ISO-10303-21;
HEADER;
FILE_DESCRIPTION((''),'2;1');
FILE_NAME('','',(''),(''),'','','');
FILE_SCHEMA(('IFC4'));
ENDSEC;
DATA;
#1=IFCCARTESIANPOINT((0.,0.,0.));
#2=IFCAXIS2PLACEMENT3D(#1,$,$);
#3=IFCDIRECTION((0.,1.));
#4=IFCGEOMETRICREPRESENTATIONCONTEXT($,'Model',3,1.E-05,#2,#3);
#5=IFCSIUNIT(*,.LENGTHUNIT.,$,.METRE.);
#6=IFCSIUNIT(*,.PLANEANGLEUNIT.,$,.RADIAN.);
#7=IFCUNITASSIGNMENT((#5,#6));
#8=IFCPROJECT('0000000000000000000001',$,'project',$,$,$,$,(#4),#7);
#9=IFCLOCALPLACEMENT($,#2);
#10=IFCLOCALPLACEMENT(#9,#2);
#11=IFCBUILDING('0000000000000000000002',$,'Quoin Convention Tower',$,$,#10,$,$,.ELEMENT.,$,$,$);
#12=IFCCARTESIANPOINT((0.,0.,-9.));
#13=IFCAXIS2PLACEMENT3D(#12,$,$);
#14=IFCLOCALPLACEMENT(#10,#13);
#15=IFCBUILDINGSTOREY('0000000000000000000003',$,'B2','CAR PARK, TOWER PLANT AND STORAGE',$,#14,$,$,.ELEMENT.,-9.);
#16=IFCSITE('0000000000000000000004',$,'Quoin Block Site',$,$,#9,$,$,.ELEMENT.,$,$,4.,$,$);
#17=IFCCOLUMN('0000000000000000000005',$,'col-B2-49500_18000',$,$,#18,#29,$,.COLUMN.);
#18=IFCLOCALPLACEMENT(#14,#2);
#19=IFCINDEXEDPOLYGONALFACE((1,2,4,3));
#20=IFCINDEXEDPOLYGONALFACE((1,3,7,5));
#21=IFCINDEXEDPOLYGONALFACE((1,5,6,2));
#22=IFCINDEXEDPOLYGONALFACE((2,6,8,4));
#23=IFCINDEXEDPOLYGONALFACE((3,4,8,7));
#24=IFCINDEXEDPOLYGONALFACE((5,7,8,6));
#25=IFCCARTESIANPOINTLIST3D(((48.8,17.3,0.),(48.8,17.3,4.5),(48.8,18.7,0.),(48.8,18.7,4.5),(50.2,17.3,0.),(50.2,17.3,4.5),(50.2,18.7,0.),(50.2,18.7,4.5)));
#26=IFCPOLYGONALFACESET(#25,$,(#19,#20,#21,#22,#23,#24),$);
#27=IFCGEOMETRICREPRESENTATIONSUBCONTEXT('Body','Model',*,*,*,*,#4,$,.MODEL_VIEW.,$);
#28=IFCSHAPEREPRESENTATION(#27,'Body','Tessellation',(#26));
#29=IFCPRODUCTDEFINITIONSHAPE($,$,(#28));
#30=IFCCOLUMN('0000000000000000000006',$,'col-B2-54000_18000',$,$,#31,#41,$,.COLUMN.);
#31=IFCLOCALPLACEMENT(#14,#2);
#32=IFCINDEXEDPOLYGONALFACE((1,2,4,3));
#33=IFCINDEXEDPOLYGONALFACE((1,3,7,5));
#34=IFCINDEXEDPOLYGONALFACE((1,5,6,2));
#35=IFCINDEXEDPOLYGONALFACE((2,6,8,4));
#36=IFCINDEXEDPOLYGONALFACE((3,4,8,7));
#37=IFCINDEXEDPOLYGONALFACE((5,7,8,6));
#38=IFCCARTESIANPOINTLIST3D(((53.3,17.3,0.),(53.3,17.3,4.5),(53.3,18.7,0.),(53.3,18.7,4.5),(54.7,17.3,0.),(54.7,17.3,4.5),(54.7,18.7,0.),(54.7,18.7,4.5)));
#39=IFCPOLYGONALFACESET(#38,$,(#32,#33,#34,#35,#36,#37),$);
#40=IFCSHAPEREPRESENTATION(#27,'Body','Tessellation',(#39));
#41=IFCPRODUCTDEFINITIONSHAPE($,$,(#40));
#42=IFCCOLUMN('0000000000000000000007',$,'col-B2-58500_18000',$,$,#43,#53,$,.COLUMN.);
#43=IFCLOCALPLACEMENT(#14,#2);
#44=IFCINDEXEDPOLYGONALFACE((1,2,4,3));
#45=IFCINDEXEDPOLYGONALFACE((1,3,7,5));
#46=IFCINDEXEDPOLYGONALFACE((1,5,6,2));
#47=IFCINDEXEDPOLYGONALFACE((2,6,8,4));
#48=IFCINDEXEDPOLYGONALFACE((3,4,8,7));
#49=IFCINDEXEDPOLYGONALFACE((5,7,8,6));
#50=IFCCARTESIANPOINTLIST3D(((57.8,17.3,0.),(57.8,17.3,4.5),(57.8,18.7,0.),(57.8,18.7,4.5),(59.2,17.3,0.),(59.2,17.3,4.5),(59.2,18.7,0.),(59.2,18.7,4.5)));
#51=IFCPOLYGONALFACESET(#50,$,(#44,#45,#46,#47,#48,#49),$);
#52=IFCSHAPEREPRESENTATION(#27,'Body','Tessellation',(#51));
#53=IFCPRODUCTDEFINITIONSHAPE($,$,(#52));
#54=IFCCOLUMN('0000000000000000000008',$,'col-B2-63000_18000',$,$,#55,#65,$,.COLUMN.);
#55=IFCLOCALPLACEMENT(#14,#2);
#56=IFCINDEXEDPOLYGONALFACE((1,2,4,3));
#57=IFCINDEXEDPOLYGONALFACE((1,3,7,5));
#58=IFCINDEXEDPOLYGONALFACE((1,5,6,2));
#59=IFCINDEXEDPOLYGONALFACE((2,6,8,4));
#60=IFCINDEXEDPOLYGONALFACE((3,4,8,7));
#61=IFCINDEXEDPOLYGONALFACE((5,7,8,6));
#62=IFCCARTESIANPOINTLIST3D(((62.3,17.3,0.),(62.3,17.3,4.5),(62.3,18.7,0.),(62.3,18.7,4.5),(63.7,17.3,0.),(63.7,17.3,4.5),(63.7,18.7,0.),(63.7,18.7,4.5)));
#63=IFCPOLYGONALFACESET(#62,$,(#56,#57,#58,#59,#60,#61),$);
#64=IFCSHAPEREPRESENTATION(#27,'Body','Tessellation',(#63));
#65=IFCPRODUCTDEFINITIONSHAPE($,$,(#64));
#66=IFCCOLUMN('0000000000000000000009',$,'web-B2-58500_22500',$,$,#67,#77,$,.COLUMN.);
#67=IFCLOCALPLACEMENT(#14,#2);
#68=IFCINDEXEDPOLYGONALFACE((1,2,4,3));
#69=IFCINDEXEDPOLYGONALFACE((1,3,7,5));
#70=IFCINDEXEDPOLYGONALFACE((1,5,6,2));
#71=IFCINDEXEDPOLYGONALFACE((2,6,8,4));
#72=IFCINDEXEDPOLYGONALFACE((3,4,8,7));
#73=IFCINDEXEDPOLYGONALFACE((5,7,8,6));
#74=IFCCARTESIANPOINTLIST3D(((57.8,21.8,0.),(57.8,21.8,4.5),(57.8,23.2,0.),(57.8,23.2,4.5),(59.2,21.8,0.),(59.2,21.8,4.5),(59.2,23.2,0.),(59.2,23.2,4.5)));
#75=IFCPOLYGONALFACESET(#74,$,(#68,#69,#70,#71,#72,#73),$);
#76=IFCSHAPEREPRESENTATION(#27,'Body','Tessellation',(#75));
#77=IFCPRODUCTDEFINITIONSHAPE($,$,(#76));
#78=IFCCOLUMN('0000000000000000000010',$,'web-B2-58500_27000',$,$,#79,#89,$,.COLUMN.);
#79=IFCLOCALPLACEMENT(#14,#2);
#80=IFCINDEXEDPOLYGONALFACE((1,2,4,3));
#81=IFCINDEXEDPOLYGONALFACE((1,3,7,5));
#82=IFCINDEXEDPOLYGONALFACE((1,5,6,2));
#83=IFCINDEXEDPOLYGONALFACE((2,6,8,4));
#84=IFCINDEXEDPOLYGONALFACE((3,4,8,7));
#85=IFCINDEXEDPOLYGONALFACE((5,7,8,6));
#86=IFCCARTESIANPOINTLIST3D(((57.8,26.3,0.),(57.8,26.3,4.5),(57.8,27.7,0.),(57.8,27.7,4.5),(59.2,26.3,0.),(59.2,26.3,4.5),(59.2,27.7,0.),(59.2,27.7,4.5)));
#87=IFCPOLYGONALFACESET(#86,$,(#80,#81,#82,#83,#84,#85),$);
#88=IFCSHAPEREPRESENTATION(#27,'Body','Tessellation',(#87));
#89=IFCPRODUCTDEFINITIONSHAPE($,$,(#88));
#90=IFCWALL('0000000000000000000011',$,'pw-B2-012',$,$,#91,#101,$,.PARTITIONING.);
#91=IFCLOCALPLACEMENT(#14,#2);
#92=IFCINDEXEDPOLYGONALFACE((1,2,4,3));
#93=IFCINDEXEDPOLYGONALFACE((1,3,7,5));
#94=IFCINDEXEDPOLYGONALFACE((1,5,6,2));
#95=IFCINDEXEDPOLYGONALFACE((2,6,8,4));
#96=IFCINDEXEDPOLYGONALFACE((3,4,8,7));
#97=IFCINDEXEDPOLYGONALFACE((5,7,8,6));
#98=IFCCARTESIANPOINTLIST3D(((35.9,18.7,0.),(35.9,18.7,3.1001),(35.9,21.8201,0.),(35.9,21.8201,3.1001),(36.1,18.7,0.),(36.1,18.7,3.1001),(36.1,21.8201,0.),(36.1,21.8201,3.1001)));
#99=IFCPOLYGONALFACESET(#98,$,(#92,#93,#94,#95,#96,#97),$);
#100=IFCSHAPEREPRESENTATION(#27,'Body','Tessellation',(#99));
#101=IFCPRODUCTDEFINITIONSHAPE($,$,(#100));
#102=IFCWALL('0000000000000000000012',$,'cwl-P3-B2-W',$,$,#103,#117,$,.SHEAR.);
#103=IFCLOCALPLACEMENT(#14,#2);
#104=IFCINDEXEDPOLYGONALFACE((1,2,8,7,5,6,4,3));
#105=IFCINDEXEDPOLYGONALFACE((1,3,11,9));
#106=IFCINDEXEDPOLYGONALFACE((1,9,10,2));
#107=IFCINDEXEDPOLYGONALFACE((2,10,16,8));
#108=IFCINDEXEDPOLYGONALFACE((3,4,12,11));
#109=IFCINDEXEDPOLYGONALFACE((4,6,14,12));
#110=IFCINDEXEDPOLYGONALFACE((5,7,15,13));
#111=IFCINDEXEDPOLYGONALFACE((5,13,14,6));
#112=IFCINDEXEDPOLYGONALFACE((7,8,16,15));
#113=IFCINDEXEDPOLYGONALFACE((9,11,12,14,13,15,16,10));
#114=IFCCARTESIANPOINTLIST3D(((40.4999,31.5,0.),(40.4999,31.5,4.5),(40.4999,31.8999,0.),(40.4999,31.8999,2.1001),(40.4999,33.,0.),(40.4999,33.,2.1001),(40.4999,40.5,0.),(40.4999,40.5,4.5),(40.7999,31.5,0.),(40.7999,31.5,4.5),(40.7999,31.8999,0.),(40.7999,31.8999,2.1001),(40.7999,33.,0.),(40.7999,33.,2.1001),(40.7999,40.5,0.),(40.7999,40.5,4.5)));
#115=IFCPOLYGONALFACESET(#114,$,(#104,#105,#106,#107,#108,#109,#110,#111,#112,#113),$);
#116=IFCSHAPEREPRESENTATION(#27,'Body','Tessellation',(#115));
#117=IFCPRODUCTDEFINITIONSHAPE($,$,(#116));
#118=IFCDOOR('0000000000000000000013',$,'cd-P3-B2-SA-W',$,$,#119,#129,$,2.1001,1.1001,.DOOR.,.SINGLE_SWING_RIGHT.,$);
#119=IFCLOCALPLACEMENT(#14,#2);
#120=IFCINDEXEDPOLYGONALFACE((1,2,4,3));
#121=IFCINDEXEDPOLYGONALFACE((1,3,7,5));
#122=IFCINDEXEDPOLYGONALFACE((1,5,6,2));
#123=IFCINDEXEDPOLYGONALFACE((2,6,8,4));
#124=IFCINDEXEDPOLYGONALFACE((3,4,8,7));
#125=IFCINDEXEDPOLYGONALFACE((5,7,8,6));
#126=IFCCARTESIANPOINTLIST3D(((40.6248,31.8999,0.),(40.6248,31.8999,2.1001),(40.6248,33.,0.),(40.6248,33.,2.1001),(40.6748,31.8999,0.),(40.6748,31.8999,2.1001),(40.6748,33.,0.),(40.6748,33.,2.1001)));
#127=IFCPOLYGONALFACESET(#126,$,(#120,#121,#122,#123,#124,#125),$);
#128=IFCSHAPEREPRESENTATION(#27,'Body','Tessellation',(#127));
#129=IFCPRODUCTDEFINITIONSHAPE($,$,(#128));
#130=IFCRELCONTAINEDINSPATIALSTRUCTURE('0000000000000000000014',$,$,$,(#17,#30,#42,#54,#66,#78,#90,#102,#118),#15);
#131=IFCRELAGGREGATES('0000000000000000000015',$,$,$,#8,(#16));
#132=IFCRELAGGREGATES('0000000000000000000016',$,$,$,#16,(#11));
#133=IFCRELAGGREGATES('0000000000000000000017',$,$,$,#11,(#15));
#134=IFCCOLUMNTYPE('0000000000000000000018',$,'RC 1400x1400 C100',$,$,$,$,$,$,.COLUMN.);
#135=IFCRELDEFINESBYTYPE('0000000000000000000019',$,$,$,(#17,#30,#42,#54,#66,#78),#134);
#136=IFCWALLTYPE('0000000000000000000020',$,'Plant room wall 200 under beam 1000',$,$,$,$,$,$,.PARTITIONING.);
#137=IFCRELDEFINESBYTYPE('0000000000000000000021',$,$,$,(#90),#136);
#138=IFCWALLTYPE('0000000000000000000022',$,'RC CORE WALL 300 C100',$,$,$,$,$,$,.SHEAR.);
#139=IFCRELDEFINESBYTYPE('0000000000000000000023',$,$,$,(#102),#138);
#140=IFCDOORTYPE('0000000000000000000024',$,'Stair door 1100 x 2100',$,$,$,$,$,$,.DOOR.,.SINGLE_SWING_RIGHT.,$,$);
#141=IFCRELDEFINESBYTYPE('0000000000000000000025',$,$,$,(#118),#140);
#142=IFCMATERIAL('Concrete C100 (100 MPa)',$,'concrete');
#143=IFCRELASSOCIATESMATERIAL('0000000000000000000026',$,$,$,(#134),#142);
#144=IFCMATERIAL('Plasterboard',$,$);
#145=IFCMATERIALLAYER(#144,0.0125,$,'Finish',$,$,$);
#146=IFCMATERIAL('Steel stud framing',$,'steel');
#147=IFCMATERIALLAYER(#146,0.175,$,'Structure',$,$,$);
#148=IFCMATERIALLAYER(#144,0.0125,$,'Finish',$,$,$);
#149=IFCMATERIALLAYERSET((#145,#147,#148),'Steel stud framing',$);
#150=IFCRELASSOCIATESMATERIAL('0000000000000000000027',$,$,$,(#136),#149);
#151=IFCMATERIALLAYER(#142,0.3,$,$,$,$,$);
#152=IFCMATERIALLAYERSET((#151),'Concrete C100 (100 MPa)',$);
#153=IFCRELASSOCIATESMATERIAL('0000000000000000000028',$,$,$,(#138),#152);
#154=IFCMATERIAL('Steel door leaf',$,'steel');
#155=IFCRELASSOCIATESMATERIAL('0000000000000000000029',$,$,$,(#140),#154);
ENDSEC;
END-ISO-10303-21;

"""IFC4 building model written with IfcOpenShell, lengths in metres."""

from ifc_helpers import new_model, si_unit, direction, frame, frame_2d, origin, origin_2d, place, context, subcontext, project, spatial, rectangle, extrude, material, layer, layer_set, material_profile, profile_set, type_object, element, fill, save


model = new_model("IFC4")

# Units and contexts
model_context = context("Model", 3, precision=1e-05, world=origin(), true_north=direction((0.0, 1.0)))
body_context = subcontext(model_context, "Body", "Model", "MODEL_VIEW")
ifc_project = project(units=[si_unit("LENGTHUNIT", "METRE"), si_unit("PLANEANGLEUNIT", "RADIAN")], contexts=[model_context])

# Site, building, storey
site_placement = place(None, origin())
site = spatial("IfcSite", under=ifc_project, at=site_placement, Name="Quoin Block Site", CompositionType="ELEMENT", RefElevation=4.0)
building_placement = place(site_placement, origin())
building = spatial("IfcBuilding", under=site, at=building_placement, Name="Quoin Convention Tower", CompositionType="ELEMENT")
storey_placement = place(building_placement, frame((0.0, 0.0, -9.0)))
storey = spatial("IfcBuildingStorey", under=building, at=storey_placement, Name="B2", Description="CAR PARK, TOWER PLANT AND STORAGE", CompositionType="ELEMENT", Elevation=-9.0)

# Columns
ifc_material_1 = material(Name="Concrete C100 (100 MPa)", Category="concrete")
ifc_material_profile_1 = material_profile(ifc_material_1, rectangle(XDim=1.3999, YDim=1.3999, at=origin_2d()), Name="RC 1400x1400")
ifc_profile_set_1 = profile_set([ifc_material_profile_1], Name="Concrete C100 (100 MPa)")
column_type_1 = type_object("IfcColumnType", Name="RC 1400x1400 C100", PredefinedType="COLUMN", material=ifc_profile_set_1)
for number, where, z_axis, x_axis, name in (
    (1, (49.5, 18.0, 0.0), (0.0, 0.0, 1.0), (1.0, 0.0, 0.0), "col-B2-49500_18000"),
    (2, (54.0, 18.0, 0.0), (0.0, 0.0, 1.0), (1.0, 0.0, 0.0), "col-B2-54000_18000"),
    (3, (58.5, 18.0, 0.0), (0.0, 0.0, 1.0), (1.0, 0.0, 0.0), "col-B2-58500_18000"),
    (4, (63.0, 18.0, 0.0), (0.0, 0.0, 1.0), (1.0, 0.0, 0.0), "col-B2-63000_18000"),
    (5, (58.5, 22.5, 0.0), (0.0, 0.0, 1.0), (1.0, 0.0, 0.0), "web-B2-58500_22500"),
    (6, (58.5, 27.0, 0.0), (0.0, 0.0, 1.0), (1.0, 0.0, 0.0), "web-B2-58500_27000"),
):
    element("IfcColumn", number, at=place(storey_placement, frame(where, z_axis=z_axis, x_axis=x_axis)), inside=storey, type_object=column_type_1, Name=name, PredefinedType="COLUMN", context=body_context, shape_type="SweptSolid", body=[
        extrude(rectangle(XDim=1.3999, YDim=1.3999, at=origin_2d()), origin(), (0.0, 0.0, 1.0), 4.5),
    ])

# Wall
ifc_material_2 = material(Name="Plasterboard")
ifc_layer_1 = layer(ifc_material_2, 0.0125, Name="Finish")
ifc_material_3 = material(Name="Steel stud framing", Category="steel")
ifc_layer_2 = layer(ifc_material_3, 0.175, Name="Structure")
ifc_layer_3 = layer(ifc_material_2, 0.0125, Name="Finish")
ifc_layer_set_1 = layer_set([ifc_layer_1, ifc_layer_2, ifc_layer_3], Name="Steel stud framing")
wall_type_1 = type_object("IfcWallType", Name="Plant room wall 200 under beam 1000", PredefinedType="PARTITIONING", material=ifc_layer_set_1)
wall_1_placement = place(storey_placement, frame((36.0, 18.7, 0.0), z_axis=(0.0, 0.0, 1.0), x_axis=(0.0, 1.0, 0.0)))
element("IfcWall", 7, at=wall_1_placement, inside=storey, type_object=wall_type_1, Name="pw-B2-012", PredefinedType="PARTITIONING", context=body_context, shape_type="SweptSolid", body=[
    extrude(rectangle(XDim=3.1201, YDim=0.2, at=frame_2d((1.5601, 0.0))), origin(), (0.0, 0.0, 1.0), 3.1001),
])

# Wall, opening, door
ifc_layer_4 = layer(ifc_material_1, 0.3)
ifc_layer_set_2 = layer_set([ifc_layer_4], Name="Concrete C100 (100 MPa)")
wall_type_2 = type_object("IfcWallType", Name="RC CORE WALL 300 C100", PredefinedType="SHEAR", material=ifc_layer_set_2)
wall_2_placement = place(storey_placement, frame((40.6499, 31.5, 0.0), z_axis=(0.0, 0.0, 1.0), x_axis=(0.0, 1.0, 0.0)))
wall_2 = element("IfcWall", 8, at=wall_2_placement, inside=storey, type_object=wall_type_2, Name="cwl-P3-B2-W", PredefinedType="SHEAR", context=body_context, shape_type="SweptSolid", body=[
    extrude(rectangle(XDim=9.0, YDim=0.3, at=frame_2d((4.5, 0.0))), origin(), (0.0, 0.0, 1.0), 4.5),
])
opening_placement = place(wall_2_placement, frame((0.3999, 0.0, 0.0)))
opening = element("IfcOpeningElement", 9, at=opening_placement, cuts=wall_2, PredefinedType="OPENING", context=body_context, shape_type="SweptSolid", body=[
    extrude(rectangle(XDim=1.1001, YDim=2.1001, at=frame_2d((0.55, 1.05))), frame((0.0, 0.1599, 0.0), z_axis=(0.0, -1.0, 0.0), x_axis=(1.0, 0.0, 0.0)), (0.0, 0.0, 1.0), 0.3201),
])
ifc_material_4 = material(Name="Steel door leaf", Category="steel")
door_type = type_object("IfcDoorType", Name="Stair door 1100 x 2100", OperationType="SINGLE_SWING_RIGHT", PredefinedType="DOOR", material=ifc_material_4)
door_placement = place(opening_placement, frame((1.1001, 0.0, 0.0), z_axis=(0.0, 0.0, 1.0), x_axis=(-1.0, 0.0, 0.0)))
door = element("IfcDoor", 10, at=door_placement, inside=storey, type_object=door_type, Name="cd-P3-B2-SA-W", OperationType="SINGLE_SWING_RIGHT", OverallHeight=2.1001, OverallWidth=1.1001, PredefinedType="DOOR", context=body_context, shape_type="SweptSolid", body=[
    extrude(rectangle(XDim=1.1001, YDim=2.1001, at=frame_2d((0.55, 1.05))), frame((0.0, 0.0249, 0.0), z_axis=(0.0, -1.0, 0.0), x_axis=(1.0, 0.0, 0.0)), (0.0, 0.0, 1.0), 0.05),
])
fill(opening, door)

save(model, "model.ifc")
